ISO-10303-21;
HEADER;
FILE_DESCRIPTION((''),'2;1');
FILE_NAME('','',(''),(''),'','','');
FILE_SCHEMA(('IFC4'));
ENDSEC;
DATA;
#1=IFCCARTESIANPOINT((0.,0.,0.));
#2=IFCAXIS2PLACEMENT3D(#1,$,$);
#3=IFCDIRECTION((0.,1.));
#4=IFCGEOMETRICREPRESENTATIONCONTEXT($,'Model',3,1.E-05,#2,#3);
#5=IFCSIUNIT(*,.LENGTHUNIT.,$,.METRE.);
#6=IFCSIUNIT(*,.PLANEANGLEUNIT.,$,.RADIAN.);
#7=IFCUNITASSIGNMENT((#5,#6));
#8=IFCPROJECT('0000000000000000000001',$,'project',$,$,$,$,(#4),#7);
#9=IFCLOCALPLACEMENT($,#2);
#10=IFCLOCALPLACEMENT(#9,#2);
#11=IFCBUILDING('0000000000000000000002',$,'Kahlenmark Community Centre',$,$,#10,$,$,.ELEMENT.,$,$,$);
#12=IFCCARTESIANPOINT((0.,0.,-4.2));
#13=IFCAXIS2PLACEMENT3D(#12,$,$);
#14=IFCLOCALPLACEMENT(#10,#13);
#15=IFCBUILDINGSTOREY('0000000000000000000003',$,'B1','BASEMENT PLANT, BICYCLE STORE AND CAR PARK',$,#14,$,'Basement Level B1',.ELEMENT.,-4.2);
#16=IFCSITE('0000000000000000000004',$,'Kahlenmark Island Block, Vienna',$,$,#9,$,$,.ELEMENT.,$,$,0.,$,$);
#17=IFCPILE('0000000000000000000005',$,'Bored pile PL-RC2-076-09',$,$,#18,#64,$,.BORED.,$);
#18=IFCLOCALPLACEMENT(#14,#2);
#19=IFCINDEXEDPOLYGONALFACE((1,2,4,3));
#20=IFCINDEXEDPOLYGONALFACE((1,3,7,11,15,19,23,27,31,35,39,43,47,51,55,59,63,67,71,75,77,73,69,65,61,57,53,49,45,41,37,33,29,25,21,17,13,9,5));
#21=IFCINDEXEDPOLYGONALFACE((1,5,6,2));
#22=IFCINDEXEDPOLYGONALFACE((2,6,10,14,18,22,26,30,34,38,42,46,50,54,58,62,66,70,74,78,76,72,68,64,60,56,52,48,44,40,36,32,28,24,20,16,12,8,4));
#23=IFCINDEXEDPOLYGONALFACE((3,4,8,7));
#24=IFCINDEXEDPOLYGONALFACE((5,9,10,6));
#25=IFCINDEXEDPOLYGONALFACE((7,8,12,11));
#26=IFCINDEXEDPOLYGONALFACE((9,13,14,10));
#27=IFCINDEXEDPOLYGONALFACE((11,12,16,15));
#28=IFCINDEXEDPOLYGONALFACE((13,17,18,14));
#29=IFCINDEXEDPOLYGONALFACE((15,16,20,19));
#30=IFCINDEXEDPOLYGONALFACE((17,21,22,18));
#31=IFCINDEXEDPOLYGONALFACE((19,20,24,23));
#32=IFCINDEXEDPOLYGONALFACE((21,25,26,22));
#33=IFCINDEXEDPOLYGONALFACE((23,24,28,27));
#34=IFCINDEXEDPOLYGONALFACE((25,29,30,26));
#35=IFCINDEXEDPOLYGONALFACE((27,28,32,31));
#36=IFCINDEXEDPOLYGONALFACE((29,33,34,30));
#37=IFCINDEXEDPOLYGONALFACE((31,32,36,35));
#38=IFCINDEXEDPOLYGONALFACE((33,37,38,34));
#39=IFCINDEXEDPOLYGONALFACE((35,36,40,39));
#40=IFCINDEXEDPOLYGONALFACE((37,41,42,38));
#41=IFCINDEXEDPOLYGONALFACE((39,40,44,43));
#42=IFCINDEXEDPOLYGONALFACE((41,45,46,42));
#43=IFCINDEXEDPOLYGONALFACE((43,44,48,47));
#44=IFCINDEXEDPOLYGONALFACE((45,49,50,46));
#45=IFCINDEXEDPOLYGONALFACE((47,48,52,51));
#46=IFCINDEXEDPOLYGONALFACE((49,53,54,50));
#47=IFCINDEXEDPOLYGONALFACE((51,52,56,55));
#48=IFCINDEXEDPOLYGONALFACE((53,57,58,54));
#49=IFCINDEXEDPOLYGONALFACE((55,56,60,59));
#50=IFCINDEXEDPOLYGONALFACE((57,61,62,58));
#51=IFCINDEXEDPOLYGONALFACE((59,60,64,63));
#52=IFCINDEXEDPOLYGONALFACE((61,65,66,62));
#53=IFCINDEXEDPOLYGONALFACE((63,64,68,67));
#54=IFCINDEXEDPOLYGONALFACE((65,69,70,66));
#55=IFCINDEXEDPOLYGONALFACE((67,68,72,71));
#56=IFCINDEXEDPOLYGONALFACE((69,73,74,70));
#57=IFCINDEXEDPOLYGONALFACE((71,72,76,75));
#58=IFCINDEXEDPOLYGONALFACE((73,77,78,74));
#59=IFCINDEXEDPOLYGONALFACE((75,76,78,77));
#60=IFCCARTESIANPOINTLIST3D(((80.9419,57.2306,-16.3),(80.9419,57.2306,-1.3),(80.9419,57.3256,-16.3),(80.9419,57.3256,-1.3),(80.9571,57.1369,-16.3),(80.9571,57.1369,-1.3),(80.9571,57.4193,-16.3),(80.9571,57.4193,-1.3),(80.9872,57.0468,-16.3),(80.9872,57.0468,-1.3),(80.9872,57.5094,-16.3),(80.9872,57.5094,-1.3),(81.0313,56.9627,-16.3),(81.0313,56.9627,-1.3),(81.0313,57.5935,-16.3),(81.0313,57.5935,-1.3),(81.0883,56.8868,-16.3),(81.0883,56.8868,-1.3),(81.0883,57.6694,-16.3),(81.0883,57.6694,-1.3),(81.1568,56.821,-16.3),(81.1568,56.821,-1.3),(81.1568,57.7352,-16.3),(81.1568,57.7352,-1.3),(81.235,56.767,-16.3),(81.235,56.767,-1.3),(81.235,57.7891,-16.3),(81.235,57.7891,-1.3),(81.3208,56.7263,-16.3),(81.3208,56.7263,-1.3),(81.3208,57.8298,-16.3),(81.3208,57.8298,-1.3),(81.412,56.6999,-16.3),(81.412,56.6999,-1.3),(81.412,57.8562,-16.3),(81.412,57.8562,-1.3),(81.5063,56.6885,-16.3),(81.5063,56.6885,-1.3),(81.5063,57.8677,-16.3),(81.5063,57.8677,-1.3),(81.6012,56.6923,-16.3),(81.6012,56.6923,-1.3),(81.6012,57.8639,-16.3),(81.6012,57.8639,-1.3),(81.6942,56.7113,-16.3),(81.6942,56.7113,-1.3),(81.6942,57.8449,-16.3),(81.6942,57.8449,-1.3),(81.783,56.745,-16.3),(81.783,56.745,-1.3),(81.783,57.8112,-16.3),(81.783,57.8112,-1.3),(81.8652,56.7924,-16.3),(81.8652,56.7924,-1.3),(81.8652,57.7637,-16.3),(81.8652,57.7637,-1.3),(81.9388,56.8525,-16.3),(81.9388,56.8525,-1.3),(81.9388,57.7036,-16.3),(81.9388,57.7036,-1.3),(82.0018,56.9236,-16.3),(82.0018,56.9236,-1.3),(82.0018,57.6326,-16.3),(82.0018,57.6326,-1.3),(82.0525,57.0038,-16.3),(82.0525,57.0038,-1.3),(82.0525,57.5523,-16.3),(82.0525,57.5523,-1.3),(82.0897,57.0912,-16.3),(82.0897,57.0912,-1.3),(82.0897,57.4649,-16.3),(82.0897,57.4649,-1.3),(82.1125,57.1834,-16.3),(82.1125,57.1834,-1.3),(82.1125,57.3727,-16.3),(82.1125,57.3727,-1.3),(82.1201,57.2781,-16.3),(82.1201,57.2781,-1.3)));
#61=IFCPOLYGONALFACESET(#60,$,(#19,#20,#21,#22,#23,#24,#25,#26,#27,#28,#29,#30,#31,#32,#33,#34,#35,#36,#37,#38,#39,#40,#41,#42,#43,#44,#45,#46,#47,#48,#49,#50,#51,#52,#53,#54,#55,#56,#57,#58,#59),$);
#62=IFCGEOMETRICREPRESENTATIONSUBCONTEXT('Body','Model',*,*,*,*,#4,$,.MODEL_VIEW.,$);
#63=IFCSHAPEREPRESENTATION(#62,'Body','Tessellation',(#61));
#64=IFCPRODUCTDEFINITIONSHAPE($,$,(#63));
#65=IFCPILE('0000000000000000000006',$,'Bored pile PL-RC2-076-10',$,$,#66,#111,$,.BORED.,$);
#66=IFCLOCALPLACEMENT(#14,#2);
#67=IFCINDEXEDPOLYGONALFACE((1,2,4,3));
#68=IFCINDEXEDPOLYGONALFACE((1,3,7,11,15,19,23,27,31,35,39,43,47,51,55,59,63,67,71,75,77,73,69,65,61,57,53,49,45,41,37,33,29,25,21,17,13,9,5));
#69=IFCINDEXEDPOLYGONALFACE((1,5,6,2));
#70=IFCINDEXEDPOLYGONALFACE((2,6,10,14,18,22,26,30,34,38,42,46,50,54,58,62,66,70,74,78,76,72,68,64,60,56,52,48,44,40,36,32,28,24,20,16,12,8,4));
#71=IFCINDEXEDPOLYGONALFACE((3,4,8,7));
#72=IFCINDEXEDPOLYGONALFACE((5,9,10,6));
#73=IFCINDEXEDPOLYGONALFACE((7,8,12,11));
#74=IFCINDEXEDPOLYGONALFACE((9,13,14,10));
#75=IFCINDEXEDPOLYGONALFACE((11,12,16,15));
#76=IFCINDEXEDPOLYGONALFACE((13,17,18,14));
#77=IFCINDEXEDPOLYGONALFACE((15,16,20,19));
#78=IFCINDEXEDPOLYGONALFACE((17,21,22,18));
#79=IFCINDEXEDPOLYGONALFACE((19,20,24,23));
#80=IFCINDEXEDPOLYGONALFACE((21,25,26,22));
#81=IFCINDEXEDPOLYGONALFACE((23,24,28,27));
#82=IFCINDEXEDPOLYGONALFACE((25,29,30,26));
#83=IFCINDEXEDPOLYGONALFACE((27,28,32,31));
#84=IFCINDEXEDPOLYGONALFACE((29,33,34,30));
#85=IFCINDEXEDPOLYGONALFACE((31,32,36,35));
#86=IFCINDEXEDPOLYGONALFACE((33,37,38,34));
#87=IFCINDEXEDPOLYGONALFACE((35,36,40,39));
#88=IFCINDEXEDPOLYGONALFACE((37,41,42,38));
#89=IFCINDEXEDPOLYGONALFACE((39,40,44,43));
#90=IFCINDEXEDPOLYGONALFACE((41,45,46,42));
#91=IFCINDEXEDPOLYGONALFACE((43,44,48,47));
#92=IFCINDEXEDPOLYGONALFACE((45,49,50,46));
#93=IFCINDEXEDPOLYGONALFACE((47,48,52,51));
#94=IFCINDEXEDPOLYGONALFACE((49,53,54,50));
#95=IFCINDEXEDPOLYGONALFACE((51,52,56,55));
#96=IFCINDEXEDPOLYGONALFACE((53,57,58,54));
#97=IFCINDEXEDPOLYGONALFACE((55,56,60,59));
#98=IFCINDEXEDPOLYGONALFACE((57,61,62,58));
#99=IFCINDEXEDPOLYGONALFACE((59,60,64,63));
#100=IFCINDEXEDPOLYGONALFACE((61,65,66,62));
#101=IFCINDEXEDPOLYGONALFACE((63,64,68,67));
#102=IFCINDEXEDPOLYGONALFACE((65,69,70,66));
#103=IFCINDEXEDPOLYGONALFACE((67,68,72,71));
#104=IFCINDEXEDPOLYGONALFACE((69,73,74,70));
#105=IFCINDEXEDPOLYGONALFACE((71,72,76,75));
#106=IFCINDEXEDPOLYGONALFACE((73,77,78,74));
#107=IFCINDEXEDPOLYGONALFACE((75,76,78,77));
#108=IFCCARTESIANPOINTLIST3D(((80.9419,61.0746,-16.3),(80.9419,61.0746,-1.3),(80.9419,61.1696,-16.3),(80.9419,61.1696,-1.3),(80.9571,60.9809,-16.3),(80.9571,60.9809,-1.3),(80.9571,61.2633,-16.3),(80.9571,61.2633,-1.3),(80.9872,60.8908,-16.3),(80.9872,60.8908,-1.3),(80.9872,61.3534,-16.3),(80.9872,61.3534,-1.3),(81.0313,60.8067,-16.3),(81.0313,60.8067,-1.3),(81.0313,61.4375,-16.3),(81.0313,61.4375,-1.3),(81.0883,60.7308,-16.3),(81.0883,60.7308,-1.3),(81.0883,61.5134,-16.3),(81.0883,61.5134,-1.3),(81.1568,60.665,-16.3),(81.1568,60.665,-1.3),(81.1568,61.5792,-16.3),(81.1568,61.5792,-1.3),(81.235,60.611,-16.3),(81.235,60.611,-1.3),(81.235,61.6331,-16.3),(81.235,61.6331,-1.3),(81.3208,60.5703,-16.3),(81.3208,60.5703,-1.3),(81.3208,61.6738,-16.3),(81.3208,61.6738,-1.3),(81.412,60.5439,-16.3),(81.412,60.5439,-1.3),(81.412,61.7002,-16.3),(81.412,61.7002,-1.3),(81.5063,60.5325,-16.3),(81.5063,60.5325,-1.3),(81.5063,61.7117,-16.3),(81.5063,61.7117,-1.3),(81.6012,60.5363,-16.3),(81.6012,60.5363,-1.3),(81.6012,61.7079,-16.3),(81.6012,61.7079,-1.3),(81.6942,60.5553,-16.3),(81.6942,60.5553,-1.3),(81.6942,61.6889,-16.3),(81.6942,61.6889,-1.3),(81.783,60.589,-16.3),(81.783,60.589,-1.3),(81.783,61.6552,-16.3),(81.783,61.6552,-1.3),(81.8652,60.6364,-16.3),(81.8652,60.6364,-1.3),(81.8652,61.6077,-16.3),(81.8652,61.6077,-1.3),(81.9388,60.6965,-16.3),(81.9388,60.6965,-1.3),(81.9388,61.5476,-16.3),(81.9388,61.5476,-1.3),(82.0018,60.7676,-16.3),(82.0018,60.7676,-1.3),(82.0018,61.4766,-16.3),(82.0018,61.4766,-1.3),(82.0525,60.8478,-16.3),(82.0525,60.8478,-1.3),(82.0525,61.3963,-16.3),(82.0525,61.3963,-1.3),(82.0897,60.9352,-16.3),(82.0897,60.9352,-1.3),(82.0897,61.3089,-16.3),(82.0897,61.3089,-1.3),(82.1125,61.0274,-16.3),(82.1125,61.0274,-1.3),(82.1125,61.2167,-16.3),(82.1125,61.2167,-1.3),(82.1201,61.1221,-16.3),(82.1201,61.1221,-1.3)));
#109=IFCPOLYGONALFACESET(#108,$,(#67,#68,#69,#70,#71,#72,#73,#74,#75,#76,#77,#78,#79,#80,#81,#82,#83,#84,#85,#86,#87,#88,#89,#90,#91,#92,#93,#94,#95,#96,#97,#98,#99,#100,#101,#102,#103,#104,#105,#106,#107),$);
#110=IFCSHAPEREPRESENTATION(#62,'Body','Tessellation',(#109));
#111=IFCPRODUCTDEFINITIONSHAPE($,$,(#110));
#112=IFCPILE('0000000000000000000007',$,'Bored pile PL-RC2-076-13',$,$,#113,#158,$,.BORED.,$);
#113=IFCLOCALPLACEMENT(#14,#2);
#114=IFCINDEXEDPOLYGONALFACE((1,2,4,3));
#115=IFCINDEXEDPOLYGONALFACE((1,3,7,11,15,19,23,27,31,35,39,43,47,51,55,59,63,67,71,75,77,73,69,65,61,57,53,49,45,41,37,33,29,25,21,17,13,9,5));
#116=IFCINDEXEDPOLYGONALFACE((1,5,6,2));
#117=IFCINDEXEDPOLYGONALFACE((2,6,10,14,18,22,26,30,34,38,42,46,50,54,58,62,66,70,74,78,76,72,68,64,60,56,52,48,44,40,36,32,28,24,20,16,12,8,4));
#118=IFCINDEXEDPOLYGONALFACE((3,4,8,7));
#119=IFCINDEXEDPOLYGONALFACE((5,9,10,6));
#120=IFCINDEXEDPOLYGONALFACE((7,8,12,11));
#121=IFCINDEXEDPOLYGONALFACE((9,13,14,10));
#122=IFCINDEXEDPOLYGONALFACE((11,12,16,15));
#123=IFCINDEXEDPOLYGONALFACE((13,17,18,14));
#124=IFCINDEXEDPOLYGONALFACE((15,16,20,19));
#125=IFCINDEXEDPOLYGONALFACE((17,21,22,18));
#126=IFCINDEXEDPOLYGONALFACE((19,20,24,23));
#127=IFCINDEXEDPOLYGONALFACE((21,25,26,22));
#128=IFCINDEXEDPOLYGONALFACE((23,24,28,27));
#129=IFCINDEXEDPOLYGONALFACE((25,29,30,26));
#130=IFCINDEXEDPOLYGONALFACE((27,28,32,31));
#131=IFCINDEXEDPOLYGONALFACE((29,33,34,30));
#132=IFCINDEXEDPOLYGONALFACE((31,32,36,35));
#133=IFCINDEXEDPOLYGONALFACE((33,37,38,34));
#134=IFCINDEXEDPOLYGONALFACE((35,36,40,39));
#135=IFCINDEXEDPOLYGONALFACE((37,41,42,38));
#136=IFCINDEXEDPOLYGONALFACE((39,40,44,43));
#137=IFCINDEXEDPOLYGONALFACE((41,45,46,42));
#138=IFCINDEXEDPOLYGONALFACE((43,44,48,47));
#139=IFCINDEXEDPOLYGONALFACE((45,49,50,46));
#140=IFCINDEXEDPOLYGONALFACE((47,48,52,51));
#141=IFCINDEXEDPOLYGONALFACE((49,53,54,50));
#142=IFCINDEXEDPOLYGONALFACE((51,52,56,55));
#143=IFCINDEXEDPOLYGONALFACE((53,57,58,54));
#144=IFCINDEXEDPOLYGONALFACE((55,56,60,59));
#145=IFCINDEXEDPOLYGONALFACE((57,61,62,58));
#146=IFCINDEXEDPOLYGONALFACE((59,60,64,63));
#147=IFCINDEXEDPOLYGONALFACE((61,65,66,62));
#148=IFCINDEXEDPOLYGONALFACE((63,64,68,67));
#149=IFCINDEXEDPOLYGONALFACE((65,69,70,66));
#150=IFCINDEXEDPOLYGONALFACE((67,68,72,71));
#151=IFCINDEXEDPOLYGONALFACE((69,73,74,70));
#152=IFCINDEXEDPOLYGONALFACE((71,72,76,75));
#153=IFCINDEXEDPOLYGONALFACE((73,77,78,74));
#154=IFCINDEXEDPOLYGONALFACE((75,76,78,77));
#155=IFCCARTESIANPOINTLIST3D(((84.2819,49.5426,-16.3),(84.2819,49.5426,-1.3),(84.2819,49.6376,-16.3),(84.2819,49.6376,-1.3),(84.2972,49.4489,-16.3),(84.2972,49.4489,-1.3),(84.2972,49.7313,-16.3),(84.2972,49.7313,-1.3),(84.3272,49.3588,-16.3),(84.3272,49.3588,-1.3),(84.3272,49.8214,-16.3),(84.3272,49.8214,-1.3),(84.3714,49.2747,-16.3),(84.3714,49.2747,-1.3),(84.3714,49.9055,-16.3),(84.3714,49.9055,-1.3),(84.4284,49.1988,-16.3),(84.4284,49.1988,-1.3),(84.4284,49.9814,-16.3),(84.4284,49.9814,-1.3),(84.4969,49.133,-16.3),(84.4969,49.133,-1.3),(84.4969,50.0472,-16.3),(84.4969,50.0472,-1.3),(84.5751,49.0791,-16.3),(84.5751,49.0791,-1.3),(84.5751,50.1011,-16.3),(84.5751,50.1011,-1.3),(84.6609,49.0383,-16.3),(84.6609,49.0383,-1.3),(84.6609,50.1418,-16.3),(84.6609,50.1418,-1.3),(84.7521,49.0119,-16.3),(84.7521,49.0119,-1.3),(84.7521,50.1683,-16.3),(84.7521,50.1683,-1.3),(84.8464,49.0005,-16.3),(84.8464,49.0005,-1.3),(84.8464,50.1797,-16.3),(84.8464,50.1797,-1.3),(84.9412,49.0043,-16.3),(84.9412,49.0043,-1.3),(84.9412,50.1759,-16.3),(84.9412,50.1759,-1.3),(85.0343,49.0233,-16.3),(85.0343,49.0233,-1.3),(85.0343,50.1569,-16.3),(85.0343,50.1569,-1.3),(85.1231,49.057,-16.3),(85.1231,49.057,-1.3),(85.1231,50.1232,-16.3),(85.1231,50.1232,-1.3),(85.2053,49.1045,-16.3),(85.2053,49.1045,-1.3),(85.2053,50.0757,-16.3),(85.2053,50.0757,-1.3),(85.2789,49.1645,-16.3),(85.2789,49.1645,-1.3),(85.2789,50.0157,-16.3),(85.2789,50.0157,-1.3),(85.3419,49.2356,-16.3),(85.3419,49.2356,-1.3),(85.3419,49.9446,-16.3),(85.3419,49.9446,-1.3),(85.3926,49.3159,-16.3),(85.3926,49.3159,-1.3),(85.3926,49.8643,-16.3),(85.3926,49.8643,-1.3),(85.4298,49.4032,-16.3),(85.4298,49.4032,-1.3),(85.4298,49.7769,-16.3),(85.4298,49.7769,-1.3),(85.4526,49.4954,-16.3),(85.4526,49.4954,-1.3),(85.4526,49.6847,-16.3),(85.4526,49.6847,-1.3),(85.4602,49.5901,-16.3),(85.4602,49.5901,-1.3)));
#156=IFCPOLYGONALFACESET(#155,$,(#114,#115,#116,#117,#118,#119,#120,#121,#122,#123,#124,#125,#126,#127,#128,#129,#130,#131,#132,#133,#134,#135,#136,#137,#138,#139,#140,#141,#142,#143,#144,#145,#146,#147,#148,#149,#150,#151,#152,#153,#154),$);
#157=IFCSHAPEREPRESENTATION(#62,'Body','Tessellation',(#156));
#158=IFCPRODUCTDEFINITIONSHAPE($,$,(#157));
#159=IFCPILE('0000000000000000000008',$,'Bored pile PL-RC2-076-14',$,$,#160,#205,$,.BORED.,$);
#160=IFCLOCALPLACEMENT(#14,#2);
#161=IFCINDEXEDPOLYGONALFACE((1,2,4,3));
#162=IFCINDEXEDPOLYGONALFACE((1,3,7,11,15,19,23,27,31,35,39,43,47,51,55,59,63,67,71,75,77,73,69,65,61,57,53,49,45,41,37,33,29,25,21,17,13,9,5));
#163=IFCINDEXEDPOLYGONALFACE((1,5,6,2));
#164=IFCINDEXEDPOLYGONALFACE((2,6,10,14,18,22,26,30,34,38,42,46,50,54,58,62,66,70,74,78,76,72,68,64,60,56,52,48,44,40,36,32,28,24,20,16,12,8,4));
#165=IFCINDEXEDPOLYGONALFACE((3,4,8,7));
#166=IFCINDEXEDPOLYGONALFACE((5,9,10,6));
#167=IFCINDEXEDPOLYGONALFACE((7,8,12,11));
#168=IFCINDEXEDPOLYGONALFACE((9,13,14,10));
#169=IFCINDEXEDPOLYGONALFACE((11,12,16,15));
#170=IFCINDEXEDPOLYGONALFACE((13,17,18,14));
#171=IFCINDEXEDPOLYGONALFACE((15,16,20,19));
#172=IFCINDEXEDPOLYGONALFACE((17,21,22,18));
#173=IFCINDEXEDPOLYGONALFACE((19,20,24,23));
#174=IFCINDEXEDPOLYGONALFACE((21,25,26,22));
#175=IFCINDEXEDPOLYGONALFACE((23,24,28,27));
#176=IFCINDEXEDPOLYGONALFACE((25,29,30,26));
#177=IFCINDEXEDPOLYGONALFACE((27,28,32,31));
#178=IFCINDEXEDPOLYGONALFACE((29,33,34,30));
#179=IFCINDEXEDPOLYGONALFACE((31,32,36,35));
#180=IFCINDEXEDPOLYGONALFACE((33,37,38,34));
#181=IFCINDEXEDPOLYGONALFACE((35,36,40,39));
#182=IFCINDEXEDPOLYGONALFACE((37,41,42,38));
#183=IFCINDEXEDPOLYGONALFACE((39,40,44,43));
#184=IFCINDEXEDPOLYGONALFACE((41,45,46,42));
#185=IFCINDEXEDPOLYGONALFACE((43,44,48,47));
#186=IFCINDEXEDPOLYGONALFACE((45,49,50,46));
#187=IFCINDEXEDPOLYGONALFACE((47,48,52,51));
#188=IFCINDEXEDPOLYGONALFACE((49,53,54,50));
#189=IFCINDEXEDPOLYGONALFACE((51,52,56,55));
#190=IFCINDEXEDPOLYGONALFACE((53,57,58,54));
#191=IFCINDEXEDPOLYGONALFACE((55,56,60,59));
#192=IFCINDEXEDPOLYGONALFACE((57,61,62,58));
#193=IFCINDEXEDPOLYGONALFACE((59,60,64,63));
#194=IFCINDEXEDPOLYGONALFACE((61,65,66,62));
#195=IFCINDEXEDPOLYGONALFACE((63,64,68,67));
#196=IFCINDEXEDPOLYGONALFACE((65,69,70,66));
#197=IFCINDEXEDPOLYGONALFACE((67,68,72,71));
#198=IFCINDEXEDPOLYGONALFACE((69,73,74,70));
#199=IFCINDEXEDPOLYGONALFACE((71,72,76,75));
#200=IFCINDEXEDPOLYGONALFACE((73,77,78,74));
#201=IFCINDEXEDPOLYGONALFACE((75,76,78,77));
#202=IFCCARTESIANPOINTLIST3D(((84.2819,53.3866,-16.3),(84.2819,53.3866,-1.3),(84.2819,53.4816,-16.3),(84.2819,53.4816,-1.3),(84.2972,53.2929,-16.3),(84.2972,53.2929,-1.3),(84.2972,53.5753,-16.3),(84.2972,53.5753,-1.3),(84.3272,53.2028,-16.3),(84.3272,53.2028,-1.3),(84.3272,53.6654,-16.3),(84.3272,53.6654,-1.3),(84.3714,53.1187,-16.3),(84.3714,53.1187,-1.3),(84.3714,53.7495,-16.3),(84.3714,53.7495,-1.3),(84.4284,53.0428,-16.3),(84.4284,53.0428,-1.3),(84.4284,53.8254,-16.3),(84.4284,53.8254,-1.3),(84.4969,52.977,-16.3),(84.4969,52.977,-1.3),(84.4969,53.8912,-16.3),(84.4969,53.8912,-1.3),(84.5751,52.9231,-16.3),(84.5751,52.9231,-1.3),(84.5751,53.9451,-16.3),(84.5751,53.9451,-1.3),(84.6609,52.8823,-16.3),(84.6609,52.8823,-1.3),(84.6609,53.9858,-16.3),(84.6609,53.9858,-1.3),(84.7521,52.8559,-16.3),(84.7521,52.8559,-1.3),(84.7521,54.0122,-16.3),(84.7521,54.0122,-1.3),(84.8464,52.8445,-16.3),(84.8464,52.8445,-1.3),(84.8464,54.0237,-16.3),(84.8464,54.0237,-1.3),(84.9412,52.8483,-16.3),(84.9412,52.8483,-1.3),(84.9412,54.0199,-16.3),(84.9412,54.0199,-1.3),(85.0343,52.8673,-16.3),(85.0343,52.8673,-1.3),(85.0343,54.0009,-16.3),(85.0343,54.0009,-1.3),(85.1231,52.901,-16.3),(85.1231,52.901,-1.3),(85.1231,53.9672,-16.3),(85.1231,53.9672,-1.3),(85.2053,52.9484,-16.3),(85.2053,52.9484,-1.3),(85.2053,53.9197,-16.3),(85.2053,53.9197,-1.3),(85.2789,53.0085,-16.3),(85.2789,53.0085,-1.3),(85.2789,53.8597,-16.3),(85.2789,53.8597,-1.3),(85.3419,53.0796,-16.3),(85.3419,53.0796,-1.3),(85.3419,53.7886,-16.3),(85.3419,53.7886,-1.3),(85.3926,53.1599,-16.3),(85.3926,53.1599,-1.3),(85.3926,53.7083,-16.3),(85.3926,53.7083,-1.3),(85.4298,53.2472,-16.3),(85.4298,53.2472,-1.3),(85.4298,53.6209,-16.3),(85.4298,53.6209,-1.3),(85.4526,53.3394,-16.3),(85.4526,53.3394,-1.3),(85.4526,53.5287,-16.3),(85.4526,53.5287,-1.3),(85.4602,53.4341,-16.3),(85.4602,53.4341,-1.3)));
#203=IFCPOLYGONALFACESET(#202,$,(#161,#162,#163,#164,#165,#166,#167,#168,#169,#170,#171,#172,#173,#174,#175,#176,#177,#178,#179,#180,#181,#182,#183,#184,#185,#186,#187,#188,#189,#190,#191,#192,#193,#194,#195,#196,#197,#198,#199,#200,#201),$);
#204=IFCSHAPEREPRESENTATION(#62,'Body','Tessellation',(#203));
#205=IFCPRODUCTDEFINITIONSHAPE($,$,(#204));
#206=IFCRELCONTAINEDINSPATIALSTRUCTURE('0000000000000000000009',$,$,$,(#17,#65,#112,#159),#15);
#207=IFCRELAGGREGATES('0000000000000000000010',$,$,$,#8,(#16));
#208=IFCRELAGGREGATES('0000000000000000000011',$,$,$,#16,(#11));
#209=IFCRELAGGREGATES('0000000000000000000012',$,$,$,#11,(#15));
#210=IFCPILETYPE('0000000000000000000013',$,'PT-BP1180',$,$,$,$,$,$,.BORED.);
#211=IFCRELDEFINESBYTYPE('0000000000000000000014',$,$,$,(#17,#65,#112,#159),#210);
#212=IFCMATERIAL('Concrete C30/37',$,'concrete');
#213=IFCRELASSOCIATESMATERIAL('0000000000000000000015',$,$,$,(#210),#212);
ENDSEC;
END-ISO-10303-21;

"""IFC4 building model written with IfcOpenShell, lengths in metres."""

from ifc_helpers import new_model, si_unit, direction, frame, origin, origin_2d, place, context, subcontext, project, spatial, circle, extrude, material, material_profile, profile_set, type_object, element, save


model = new_model("IFC4")

# Units and contexts
model_context = context("Model", 3, precision=1e-05, world=origin(), true_north=direction((0.0, 1.0)))
body_context = subcontext(model_context, "Body", "Model", "MODEL_VIEW")
ifc_project = project(units=[si_unit("LENGTHUNIT", "METRE"), si_unit("PLANEANGLEUNIT", "RADIAN")], contexts=[model_context])

# Site, building, storey
site_placement = place(None, origin())
site = spatial("IfcSite", under=ifc_project, at=site_placement, Name="Kahlenmark Island Block, Vienna", CompositionType="ELEMENT", RefElevation=0.0)
building_placement = place(site_placement, origin())
building = spatial("IfcBuilding", under=site, at=building_placement, Name="Kahlenmark Community Centre", CompositionType="ELEMENT")
storey_placement = place(building_placement, frame((0.0, 0.0, -4.2)))
storey = spatial("IfcBuildingStorey", under=building, at=storey_placement, Name="B1", Description="BASEMENT PLANT, BICYCLE STORE AND CAR PARK", LongName="Basement Level B1", CompositionType="ELEMENT", Elevation=-4.2)

# Shared definitions
ifc_material_1 = material(Name="Concrete C30/37", Category="concrete")

# Piles
ifc_material_profile_1 = material_profile(ifc_material_1, circle(Radius=0.5901, at=origin_2d()), Name="BORED PILE 1180")
ifc_profile_set_1 = profile_set([ifc_material_profile_1], Name="Concrete C30/37")
pile_type_1 = type_object("IfcPileType", Name="PT-BP1180", PredefinedType="BORED", material=ifc_profile_set_1)
for number, where, z_axis, x_axis, name in (
    (1, (81.53, 57.2781, -1.3), (0.0, 0.0, -1.0), (1.0, 0.0, 0.0), "Bored pile PL-RC2-076-09"),
    (2, (81.53, 61.1221, -1.3), (0.0, 0.0, -1.0), (1.0, 0.0, 0.0), "Bored pile PL-RC2-076-10"),
    (3, (84.8701, 49.5901, -1.3), (0.0, 0.0, -1.0), (1.0, 0.0, 0.0), "Bored pile PL-RC2-076-13"),
    (4, (84.8701, 53.4341, -1.3), (0.0, 0.0, -1.0), (1.0, 0.0, 0.0), "Bored pile PL-RC2-076-14"),
):
    element("IfcPile", number, at=place(storey_placement, frame(where, z_axis=z_axis, x_axis=x_axis)), inside=storey, type_object=pile_type_1, Name=name, PredefinedType="BORED", context=body_context, shape_type="SweptSolid", body=[
        extrude(circle(Radius=0.5901, at=origin_2d()), origin(), (0.0, 0.0, 1.0), 15.0),
    ])

save(model, "model.ifc")
